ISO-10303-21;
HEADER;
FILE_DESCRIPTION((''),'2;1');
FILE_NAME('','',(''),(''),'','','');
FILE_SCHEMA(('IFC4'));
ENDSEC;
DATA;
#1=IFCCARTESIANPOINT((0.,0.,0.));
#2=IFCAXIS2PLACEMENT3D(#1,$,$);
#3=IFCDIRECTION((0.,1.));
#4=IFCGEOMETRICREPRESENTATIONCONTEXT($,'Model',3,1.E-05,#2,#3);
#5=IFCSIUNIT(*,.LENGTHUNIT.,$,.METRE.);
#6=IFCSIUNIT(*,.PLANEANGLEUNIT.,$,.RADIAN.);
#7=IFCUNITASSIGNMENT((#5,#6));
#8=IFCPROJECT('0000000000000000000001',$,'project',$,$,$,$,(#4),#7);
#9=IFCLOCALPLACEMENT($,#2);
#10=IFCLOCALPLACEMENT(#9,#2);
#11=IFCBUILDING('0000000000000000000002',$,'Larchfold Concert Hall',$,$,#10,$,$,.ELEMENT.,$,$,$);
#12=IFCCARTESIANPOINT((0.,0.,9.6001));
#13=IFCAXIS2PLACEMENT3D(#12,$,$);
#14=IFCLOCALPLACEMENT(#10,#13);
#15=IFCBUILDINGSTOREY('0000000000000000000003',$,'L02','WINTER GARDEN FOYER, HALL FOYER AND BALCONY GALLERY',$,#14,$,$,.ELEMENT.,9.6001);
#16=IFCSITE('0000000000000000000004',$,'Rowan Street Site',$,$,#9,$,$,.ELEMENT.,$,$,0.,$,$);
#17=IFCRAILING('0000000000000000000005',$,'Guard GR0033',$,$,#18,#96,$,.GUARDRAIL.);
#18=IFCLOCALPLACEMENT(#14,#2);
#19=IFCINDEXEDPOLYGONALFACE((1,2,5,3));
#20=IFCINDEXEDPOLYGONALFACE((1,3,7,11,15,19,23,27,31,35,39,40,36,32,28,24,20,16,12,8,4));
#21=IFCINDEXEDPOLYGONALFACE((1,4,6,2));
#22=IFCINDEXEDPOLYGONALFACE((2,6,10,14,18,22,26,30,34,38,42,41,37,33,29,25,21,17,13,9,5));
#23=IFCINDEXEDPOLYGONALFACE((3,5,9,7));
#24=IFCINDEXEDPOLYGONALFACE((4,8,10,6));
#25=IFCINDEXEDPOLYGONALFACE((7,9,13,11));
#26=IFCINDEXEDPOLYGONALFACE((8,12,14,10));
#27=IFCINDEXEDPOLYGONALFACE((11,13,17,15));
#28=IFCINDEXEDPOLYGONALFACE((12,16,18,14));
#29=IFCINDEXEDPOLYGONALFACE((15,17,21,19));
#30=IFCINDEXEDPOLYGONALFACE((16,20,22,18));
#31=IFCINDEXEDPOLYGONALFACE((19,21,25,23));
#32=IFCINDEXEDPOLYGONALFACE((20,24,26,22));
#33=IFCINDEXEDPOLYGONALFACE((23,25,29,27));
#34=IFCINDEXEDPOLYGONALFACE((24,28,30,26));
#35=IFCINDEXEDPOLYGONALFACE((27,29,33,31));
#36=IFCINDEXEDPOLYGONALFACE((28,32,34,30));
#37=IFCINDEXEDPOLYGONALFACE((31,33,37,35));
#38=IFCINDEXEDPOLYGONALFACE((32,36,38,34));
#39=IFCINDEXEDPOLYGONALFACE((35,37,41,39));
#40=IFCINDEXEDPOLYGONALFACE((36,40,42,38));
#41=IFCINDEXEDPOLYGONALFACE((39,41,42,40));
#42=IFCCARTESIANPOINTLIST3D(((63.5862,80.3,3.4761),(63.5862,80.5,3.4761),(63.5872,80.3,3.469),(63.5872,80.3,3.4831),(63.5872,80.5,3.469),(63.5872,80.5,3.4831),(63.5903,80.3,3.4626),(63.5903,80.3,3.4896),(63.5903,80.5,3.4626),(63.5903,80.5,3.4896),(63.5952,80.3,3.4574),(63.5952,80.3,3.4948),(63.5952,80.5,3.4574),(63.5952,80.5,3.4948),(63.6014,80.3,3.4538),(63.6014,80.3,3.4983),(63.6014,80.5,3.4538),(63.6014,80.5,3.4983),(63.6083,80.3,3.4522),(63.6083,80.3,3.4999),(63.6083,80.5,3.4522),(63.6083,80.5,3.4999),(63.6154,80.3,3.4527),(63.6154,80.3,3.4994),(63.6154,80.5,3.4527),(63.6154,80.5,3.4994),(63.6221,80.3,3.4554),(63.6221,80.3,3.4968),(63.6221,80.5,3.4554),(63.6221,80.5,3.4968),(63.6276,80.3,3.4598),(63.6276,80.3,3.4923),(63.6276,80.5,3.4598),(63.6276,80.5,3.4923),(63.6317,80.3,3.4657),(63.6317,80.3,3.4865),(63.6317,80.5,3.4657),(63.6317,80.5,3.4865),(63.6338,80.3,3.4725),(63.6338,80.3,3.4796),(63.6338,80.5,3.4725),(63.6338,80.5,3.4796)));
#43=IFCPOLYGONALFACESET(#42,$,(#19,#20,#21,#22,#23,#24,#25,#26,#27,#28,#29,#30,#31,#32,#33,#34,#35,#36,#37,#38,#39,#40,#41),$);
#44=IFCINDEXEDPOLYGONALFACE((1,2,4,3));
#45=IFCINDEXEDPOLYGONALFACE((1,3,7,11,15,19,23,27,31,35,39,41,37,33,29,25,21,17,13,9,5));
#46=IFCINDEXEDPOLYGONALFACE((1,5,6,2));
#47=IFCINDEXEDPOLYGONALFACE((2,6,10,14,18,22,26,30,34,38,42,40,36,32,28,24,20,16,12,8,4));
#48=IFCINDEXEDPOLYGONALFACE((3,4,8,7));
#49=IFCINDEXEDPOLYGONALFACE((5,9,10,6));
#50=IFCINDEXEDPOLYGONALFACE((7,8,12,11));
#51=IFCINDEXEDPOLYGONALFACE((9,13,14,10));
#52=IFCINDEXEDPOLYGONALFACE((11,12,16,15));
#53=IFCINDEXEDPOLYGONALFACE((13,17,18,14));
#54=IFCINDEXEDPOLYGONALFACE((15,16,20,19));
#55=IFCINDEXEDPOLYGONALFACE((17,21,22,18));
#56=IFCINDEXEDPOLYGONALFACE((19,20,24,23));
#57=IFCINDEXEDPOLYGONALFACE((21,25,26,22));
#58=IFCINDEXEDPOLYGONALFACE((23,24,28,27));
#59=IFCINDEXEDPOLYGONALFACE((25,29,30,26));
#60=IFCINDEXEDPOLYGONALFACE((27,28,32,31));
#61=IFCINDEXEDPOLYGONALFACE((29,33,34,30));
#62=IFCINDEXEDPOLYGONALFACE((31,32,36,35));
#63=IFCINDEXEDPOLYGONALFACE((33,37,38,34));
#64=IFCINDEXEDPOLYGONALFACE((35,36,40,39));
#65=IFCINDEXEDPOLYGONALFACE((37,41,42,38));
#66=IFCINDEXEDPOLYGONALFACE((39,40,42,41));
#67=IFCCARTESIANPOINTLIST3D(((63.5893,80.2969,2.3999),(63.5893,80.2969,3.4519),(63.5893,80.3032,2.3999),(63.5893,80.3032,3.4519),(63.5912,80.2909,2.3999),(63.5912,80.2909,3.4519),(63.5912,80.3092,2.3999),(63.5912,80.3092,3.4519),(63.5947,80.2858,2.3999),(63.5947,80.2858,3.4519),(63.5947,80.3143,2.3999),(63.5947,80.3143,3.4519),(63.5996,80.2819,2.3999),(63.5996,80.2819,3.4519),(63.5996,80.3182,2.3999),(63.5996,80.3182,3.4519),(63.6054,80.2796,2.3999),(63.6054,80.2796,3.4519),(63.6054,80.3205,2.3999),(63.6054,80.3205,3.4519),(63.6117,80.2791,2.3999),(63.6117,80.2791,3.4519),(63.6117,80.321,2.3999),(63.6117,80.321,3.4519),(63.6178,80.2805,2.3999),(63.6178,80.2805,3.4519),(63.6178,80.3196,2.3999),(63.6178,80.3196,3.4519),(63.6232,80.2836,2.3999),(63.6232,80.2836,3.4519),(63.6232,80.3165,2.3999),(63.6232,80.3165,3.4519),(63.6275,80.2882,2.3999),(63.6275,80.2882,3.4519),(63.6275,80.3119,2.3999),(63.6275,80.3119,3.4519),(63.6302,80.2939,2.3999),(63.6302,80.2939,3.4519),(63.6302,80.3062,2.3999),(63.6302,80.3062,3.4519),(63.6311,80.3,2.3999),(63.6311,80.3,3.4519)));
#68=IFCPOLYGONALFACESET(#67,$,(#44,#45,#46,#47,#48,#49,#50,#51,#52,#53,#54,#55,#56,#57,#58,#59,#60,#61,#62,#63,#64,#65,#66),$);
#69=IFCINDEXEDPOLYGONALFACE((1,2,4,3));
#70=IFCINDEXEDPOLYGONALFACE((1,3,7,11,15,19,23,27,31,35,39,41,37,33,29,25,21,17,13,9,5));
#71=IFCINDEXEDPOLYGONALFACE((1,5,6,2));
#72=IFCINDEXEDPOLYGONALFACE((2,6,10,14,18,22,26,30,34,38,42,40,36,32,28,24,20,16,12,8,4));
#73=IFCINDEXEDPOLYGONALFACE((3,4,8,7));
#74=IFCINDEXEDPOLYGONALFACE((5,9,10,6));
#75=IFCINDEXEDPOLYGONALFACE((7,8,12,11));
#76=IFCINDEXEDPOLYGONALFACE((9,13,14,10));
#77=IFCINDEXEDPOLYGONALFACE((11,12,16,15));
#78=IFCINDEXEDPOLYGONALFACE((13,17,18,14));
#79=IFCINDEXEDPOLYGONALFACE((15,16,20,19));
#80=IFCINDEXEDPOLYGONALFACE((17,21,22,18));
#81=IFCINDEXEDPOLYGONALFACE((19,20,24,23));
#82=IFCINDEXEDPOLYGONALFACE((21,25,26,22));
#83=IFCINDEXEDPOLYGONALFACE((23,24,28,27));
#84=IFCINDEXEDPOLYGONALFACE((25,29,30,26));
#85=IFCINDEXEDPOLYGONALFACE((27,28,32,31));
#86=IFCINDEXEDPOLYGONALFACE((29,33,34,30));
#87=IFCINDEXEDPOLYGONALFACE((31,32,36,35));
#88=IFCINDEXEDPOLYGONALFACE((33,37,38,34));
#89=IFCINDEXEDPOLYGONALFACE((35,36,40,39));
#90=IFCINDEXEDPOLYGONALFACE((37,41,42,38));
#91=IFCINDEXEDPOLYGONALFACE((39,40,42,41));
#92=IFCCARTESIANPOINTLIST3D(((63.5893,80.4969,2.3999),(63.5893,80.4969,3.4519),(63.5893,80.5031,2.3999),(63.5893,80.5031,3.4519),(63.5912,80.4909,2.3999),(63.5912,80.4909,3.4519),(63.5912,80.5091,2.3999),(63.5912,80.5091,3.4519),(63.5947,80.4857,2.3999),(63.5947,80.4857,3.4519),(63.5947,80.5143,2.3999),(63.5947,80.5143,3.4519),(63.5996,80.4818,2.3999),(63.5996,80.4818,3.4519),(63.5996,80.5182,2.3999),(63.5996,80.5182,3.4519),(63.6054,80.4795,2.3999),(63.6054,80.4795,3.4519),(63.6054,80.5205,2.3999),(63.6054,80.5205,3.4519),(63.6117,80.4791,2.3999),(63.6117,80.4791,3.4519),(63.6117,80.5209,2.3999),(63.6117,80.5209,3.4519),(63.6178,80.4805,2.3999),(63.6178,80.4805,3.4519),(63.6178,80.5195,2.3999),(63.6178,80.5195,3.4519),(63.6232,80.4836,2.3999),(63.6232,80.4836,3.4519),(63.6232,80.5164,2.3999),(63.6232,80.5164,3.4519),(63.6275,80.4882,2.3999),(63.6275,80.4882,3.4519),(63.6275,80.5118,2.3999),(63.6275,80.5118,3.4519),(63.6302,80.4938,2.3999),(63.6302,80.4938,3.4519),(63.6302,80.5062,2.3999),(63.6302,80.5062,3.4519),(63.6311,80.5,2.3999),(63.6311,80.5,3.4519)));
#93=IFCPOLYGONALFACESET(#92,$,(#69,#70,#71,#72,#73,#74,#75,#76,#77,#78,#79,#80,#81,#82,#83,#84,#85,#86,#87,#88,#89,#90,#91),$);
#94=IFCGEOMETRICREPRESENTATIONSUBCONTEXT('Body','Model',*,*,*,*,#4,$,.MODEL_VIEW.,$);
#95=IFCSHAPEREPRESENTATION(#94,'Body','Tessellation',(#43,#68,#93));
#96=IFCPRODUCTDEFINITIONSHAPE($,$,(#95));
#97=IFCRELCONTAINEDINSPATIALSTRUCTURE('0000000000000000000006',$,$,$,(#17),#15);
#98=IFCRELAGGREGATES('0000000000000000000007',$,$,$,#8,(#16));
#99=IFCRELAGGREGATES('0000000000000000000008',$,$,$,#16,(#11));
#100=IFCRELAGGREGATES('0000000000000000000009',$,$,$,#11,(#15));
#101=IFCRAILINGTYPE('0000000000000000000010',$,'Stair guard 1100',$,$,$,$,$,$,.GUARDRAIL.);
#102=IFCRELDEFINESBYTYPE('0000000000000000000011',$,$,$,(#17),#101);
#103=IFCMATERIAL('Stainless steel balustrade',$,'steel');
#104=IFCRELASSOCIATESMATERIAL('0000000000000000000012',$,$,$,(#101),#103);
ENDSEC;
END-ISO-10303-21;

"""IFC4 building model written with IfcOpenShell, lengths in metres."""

from ifc_helpers import new_model, si_unit, direction, frame, origin, origin_2d, place, context, subcontext, project, spatial, circle, extrude, material, type_object, element, save


model = new_model("IFC4")

# Units and contexts
model_context = context("Model", 3, precision=1e-05, world=origin(), true_north=direction((0.0, 1.0)))
body_context = subcontext(model_context, "Body", "Model", "MODEL_VIEW")
ifc_project = project(units=[si_unit("LENGTHUNIT", "METRE"), si_unit("PLANEANGLEUNIT", "RADIAN")], contexts=[model_context])

# Site, building, storey
site_placement = place(None, origin())
site = spatial("IfcSite", under=ifc_project, at=site_placement, Name="Rowan Street Site", CompositionType="ELEMENT", RefElevation=0.0)
building_placement = place(site_placement, origin())
building = spatial("IfcBuilding", under=site, at=building_placement, Name="Larchfold Concert Hall", CompositionType="ELEMENT")
storey_placement = place(building_placement, frame((0.0, 0.0, 9.6001)))
storey = spatial("IfcBuildingStorey", under=building, at=storey_placement, Name="L02", Description="WINTER GARDEN FOYER, HALL FOYER AND BALCONY GALLERY", CompositionType="ELEMENT", Elevation=9.6001)

# Railing
ifc_material_1 = material(Name="Stainless steel balustrade", Category="steel")
railing_type_1 = type_object("IfcRailingType", Name="Stair guard 1100", PredefinedType="GUARDRAIL", material=ifc_material_1)
railing_1_placement = place(storey_placement, frame((63.6101, 80.3, 2.3999)))
element("IfcRailing", 1, at=railing_1_placement, inside=storey, type_object=railing_type_1, Name="Guard GR0033", PredefinedType="GUARDRAIL", context=body_context, shape_type="SweptSolid", body=[
    extrude(circle(Radius=0.0239, at=origin_2d()), frame((0.0, 0.0, 1.0762), z_axis=(0.0, 1.0, 0.0), x_axis=(-1.0, 0.0, 0.0)), (0.0, 0.0, 1.0), 0.2),
    extrude(circle(Radius=0.021, at=origin_2d()), origin(), (0.0, 0.0, 1.0), 1.052),
    extrude(circle(Radius=0.021, at=origin_2d()), frame((0.0, 0.2, 0.0)), (0.0, 0.0, 1.0), 1.052),
])

save(model, "model.ifc")
